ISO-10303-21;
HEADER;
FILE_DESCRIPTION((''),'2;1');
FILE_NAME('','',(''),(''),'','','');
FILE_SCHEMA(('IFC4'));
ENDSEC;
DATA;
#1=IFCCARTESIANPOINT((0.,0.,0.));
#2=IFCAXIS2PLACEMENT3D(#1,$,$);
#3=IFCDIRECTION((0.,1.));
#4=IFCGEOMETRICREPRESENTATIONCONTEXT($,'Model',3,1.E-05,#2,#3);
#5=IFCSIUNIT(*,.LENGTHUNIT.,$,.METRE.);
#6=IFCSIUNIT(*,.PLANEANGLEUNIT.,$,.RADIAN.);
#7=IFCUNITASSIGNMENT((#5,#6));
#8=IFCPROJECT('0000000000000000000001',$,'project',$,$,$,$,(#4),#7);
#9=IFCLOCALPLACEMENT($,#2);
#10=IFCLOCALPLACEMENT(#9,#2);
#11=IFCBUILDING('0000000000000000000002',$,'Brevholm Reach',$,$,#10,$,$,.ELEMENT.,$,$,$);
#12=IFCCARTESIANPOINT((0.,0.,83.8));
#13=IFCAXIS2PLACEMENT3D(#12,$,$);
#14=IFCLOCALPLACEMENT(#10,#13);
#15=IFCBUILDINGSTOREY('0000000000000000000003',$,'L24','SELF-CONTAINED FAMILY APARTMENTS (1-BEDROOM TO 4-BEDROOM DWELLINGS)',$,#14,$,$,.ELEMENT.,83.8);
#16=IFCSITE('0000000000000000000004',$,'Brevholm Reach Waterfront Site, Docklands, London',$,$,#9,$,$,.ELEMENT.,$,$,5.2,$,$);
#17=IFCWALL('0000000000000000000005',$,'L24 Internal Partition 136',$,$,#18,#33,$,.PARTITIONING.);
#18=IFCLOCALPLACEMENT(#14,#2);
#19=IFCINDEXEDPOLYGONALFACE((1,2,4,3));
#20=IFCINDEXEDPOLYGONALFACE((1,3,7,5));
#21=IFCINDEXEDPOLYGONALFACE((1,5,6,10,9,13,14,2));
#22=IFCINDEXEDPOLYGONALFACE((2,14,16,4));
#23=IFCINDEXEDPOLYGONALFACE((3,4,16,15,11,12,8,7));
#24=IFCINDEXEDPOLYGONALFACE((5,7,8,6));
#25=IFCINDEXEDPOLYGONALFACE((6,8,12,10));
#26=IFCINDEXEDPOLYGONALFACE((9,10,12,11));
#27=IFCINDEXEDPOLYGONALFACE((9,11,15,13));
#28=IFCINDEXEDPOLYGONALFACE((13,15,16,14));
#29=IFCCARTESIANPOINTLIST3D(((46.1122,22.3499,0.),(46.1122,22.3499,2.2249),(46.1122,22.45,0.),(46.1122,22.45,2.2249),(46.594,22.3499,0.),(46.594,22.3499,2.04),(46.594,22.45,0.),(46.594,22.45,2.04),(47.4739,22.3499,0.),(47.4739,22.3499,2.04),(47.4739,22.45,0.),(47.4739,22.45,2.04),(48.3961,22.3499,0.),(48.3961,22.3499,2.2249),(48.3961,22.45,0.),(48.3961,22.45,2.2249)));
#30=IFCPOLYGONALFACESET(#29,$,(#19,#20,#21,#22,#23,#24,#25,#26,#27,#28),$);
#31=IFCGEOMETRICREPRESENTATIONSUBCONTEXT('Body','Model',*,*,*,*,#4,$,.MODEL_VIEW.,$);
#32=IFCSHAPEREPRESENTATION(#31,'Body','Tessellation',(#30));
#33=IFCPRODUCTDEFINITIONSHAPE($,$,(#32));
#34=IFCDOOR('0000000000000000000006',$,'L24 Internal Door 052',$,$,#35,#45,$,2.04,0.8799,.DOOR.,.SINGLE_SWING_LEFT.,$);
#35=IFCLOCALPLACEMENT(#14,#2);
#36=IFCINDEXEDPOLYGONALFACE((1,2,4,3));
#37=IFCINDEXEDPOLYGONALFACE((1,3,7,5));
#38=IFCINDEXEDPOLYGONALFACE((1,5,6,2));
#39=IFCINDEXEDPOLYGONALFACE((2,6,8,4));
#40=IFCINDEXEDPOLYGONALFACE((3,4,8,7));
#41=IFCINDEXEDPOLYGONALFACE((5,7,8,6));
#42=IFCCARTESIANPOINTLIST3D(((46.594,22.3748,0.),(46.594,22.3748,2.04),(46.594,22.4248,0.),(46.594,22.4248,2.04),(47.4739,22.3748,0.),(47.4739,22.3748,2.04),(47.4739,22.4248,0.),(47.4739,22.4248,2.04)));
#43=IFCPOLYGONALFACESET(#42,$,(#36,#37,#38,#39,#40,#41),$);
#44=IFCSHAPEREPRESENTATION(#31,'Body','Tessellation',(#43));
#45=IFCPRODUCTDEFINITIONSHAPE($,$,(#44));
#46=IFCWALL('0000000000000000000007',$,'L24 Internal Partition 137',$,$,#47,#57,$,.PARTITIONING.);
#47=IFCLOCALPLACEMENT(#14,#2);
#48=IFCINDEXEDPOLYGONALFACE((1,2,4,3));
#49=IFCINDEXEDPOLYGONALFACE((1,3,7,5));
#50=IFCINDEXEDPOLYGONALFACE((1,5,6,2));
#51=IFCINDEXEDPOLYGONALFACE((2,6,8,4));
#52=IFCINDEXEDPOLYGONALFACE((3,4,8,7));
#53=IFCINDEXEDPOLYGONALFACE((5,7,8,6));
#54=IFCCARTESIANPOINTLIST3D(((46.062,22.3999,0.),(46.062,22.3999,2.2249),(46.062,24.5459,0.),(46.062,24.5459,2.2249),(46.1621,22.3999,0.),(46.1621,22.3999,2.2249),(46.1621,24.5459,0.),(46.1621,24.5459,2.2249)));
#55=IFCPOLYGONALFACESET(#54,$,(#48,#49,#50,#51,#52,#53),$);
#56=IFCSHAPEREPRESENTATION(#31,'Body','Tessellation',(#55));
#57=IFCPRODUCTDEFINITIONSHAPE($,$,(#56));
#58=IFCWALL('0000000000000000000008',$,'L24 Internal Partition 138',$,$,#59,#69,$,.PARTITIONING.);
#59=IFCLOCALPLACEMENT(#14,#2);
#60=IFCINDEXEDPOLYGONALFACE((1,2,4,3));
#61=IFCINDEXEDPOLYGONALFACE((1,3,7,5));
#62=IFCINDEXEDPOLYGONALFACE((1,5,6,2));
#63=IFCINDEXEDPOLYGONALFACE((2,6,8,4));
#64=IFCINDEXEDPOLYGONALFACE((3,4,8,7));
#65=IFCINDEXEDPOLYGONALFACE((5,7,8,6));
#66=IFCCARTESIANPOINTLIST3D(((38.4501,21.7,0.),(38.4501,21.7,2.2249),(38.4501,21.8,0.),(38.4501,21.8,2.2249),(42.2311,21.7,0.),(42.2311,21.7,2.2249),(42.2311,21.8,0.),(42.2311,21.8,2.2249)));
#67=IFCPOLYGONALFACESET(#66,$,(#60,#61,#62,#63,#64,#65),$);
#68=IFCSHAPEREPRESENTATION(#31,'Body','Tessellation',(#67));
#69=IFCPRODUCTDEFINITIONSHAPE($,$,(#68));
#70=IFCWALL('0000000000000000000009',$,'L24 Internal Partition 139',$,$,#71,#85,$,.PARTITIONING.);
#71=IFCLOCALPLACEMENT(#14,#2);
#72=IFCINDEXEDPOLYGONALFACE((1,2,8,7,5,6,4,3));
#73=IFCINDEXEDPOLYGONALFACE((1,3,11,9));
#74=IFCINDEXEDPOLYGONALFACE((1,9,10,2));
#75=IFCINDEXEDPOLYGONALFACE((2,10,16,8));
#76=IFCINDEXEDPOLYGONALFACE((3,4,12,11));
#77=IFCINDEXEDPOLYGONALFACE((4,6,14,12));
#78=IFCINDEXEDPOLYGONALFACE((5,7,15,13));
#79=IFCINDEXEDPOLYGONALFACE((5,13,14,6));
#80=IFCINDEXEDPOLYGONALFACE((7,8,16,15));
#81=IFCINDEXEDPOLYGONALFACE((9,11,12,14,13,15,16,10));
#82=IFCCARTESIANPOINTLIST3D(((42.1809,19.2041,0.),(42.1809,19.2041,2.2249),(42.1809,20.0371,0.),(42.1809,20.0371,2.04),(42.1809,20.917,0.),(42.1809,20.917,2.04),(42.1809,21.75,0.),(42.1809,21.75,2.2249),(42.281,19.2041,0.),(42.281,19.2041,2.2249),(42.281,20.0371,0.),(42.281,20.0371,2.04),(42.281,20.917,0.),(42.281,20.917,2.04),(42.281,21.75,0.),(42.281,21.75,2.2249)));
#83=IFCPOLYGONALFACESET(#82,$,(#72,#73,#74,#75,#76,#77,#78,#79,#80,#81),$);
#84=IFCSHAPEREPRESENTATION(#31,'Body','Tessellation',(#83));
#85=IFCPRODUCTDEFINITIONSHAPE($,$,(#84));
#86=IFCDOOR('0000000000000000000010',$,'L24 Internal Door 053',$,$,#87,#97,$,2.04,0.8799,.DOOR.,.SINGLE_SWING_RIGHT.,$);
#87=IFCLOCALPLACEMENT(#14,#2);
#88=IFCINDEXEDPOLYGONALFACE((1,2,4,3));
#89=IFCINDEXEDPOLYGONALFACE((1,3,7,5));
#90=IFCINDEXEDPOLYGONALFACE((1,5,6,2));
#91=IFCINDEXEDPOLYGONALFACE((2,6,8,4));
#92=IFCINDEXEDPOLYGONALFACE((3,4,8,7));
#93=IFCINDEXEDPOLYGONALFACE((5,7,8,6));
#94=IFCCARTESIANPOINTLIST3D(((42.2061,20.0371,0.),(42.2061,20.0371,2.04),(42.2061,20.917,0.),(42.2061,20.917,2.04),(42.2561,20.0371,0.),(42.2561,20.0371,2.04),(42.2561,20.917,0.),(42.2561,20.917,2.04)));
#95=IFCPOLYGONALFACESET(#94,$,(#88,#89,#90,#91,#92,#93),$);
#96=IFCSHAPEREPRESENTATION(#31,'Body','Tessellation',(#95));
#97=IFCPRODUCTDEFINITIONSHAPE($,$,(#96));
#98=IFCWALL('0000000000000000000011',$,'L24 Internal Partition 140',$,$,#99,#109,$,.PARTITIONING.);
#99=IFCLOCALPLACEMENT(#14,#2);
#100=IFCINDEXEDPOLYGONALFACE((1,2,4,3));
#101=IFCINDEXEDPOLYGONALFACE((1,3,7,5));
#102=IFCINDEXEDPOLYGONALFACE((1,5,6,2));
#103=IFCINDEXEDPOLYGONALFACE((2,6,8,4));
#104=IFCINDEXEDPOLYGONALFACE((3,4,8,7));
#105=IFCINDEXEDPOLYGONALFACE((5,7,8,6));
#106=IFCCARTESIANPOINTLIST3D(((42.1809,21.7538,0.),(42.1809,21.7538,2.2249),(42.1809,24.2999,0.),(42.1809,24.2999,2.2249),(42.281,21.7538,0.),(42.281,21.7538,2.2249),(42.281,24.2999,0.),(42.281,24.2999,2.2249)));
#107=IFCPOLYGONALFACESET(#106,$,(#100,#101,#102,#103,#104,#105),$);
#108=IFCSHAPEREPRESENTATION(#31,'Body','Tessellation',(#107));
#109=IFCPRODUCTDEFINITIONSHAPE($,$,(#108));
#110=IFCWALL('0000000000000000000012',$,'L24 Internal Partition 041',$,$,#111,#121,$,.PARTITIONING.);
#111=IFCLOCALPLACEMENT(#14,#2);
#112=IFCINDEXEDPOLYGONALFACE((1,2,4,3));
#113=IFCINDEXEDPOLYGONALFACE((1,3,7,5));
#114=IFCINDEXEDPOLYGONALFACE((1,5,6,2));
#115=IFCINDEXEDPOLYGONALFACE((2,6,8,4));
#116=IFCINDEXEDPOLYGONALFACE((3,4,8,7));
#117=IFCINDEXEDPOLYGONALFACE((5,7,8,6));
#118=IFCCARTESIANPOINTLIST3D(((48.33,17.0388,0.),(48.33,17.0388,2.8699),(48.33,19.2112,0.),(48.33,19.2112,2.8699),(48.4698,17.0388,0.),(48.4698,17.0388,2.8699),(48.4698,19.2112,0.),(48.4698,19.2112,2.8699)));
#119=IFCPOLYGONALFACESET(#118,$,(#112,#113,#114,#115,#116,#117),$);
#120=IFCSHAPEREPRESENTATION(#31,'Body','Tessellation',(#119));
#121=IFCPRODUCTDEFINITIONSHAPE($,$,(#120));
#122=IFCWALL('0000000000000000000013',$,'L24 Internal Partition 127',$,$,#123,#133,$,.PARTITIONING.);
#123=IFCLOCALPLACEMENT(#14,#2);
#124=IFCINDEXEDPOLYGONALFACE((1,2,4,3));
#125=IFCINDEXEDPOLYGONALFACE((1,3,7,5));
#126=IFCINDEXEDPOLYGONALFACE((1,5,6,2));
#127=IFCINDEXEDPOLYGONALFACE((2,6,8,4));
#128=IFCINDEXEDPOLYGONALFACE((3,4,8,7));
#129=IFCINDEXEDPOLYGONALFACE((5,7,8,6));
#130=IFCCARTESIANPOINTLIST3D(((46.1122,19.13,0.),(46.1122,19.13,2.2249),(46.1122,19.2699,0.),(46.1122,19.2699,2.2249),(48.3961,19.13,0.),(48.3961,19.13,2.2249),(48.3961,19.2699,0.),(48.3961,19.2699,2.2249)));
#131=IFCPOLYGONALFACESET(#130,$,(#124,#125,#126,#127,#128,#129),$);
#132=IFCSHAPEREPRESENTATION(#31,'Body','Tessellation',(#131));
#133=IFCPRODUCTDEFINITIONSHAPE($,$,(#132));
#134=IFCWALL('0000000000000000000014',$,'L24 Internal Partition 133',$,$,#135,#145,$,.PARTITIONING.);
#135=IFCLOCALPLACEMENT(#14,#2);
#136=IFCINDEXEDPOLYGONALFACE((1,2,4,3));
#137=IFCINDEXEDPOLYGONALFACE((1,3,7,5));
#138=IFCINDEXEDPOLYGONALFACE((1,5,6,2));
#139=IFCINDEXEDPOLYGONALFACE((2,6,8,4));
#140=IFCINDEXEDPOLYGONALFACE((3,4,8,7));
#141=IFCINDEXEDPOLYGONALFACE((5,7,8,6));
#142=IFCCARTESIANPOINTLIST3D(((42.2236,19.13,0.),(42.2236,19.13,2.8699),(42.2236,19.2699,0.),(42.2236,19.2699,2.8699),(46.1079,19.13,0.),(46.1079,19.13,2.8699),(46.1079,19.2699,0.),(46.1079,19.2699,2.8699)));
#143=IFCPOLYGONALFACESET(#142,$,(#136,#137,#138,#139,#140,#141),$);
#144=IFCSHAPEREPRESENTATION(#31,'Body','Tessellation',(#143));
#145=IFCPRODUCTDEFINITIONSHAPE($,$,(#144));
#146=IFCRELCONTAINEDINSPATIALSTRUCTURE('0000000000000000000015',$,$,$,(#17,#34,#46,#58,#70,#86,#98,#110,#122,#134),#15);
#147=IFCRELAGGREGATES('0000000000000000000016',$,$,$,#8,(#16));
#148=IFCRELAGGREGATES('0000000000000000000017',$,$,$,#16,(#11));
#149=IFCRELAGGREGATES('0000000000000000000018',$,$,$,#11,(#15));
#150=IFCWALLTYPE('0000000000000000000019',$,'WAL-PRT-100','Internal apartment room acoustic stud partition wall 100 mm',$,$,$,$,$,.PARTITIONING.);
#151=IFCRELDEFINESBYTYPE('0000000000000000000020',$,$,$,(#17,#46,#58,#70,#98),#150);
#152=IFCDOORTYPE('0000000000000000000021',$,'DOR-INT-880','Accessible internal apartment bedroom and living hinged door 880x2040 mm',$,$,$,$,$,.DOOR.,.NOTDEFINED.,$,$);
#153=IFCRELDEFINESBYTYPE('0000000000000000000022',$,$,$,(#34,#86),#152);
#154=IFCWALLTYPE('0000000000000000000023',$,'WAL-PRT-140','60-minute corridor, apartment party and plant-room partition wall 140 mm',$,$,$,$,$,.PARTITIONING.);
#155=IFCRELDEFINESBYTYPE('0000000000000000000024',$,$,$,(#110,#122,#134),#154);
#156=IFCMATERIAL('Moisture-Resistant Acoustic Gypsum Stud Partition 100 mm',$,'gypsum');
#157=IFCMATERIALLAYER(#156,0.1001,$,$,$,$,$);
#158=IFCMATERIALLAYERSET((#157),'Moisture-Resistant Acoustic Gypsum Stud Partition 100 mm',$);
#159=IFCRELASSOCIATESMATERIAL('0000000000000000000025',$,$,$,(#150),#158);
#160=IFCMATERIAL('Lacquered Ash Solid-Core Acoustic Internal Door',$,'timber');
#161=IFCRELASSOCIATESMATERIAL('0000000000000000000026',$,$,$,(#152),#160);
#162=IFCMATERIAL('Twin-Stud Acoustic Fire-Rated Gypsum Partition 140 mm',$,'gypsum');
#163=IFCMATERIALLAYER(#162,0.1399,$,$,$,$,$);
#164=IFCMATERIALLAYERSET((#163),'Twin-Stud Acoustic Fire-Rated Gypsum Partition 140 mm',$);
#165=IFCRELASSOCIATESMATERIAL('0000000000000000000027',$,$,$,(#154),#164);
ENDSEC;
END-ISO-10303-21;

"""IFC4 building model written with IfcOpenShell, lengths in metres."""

from ifc_helpers import new_model, si_unit, direction, frame, frame_2d, origin, place, context, subcontext, project, spatial, rectangle, extrude, material, layer, layer_set, type_object, element, fill, save


model = new_model("IFC4")

# Units and contexts
model_context = context("Model", 3, precision=1e-05, world=origin(), true_north=direction((0.0, 1.0)))
body_context = subcontext(model_context, "Body", "Model", "MODEL_VIEW")
ifc_project = project(units=[si_unit("LENGTHUNIT", "METRE"), si_unit("PLANEANGLEUNIT", "RADIAN")], contexts=[model_context])

# Site, building, storey
site_placement = place(None, origin())
site = spatial("IfcSite", under=ifc_project, at=site_placement, Name="Brevholm Reach Waterfront Site, Docklands, London", CompositionType="ELEMENT", RefElevation=5.2)
building_placement = place(site_placement, origin())
building = spatial("IfcBuilding", under=site, at=building_placement, Name="Brevholm Reach", CompositionType="ELEMENT")
storey_placement = place(building_placement, frame((0.0, 0.0, 83.8)))
storey = spatial("IfcBuildingStorey", under=building, at=storey_placement, Name="L24", Description="SELF-CONTAINED FAMILY APARTMENTS (1-BEDROOM TO 4-BEDROOM DWELLINGS)", CompositionType="ELEMENT", Elevation=83.8)

# Shared definitions
ifc_material_1 = material(Name="Moisture-Resistant Acoustic Gypsum Stud Partition 100 mm", Category="gypsum")
ifc_layer_1 = layer(ifc_material_1, 0.1001)
ifc_layer_set_1 = layer_set([ifc_layer_1], Name="Moisture-Resistant Acoustic Gypsum Stud Partition 100 mm")
wall_type_1 = type_object("IfcWallType", Name="WAL-PRT-100", Description="Internal apartment room acoustic stud partition wall 100 mm", PredefinedType="PARTITIONING", material=ifc_layer_set_1)

# Wall, opening, door
wall_1_placement = place(storey_placement, frame((46.1121, 22.3999, 0.0), z_axis=(0.0, 0.0, 1.0), x_axis=(1.0, 0.0, 0.0)))
wall_1 = element("IfcWall", 1, at=wall_1_placement, inside=storey, type_object=wall_type_1, Name="L24 Internal Partition 136", PredefinedType="PARTITIONING", context=body_context, shape_type="SweptSolid", body=[
    extrude(rectangle(XDim=2.2839, YDim=0.1001, at=frame_2d((1.1421, 0.0))), origin(), (0.0, 0.0, 1.0), 2.2249),
])
opening_1_placement = place(wall_1_placement, frame((0.4819, 0.0, 0.0)))
opening_1 = element("IfcOpeningElement", 2, at=opening_1_placement, cuts=wall_1, PredefinedType="OPENING", context=body_context, shape_type="SweptSolid", body=[
    extrude(rectangle(XDim=0.8799, YDim=2.04, at=frame_2d((0.4399, 1.02))), frame((0.0, 0.0601, 0.0), z_axis=(0.0, -1.0, 0.0), x_axis=(1.0, 0.0, 0.0)), (0.0, 0.0, 1.0), 0.1201),
])
ifc_material_2 = material(Name="Lacquered Ash Solid-Core Acoustic Internal Door", Category="timber")
door_type_1 = type_object("IfcDoorType", Name="DOR-INT-880", Description="Accessible internal apartment bedroom and living hinged door 880x2040 mm", OperationType="NOTDEFINED", PredefinedType="DOOR", material=ifc_material_2)
door_1_placement = place(opening_1_placement, origin())
door_1 = element("IfcDoor", 3, at=door_1_placement, inside=storey, type_object=door_type_1, Name="L24 Internal Door 052", OperationType="SINGLE_SWING_LEFT", OverallHeight=2.04, OverallWidth=0.8799, PredefinedType="DOOR", context=body_context, shape_type="SweptSolid", body=[
    extrude(rectangle(XDim=0.8799, YDim=2.04, at=frame_2d((0.4399, 1.02))), frame((0.0, 0.0249, 0.0), z_axis=(0.0, -1.0, 0.0), x_axis=(1.0, 0.0, 0.0)), (0.0, 0.0, 1.0), 0.05),
])
fill(opening_1, door_1)

# Walls
wall_2_placement = place(storey_placement, frame((46.1121, 22.3999, 0.0), z_axis=(0.0, 0.0, 1.0), x_axis=(0.0, 1.0, 0.0)))
element("IfcWall", 4, at=wall_2_placement, inside=storey, type_object=wall_type_1, Name="L24 Internal Partition 137", PredefinedType="PARTITIONING", context=body_context, shape_type="SweptSolid", body=[
    extrude(rectangle(XDim=2.146, YDim=0.1001, at=frame_2d((1.073, 0.0))), origin(), (0.0, 0.0, 1.0), 2.2249),
])
wall_3_placement = place(storey_placement, frame((38.45, 21.75, 0.0), z_axis=(0.0, 0.0, 1.0), x_axis=(1.0, 0.0, 0.0)))
element("IfcWall", 5, at=wall_3_placement, inside=storey, type_object=wall_type_1, Name="L24 Internal Partition 138", PredefinedType="PARTITIONING", context=body_context, shape_type="SweptSolid", body=[
    extrude(rectangle(XDim=3.781, YDim=0.1001, at=frame_2d((1.8906, 0.0))), origin(), (0.0, 0.0, 1.0), 2.2249),
])

# Wall, opening, door
wall_4_placement = place(storey_placement, frame((42.231, 19.2041, 0.0), z_axis=(0.0, 0.0, 1.0), x_axis=(0.0, 1.0, 0.0)))
wall_4 = element("IfcWall", 6, at=wall_4_placement, inside=storey, type_object=wall_type_1, Name="L24 Internal Partition 139", PredefinedType="PARTITIONING", context=body_context, shape_type="SweptSolid", body=[
    extrude(rectangle(XDim=2.5459, YDim=0.1001, at=frame_2d((1.2729, 0.0))), origin(), (0.0, 0.0, 1.0), 2.2249),
])
opening_2_placement = place(wall_4_placement, frame((0.833, 0.0, 0.0)))
opening_2 = element("IfcOpeningElement", 7, at=opening_2_placement, cuts=wall_4, PredefinedType="OPENING", context=body_context, shape_type="SweptSolid", body=[
    extrude(rectangle(XDim=0.8799, YDim=2.04, at=frame_2d((0.4399, 1.02))), frame((0.0, 0.0601, 0.0), z_axis=(0.0, -1.0, 0.0), x_axis=(1.0, 0.0, 0.0)), (0.0, 0.0, 1.0), 0.1201),
])
door_2_placement = place(opening_2_placement, origin())
door_2 = element("IfcDoor", 8, at=door_2_placement, inside=storey, type_object=door_type_1, Name="L24 Internal Door 053", OperationType="SINGLE_SWING_RIGHT", OverallHeight=2.04, OverallWidth=0.8799, PredefinedType="DOOR", context=body_context, shape_type="SweptSolid", body=[
    extrude(rectangle(XDim=0.8799, YDim=2.04, at=frame_2d((0.4399, 1.02))), frame((0.0, 0.0249, 0.0), z_axis=(0.0, -1.0, 0.0), x_axis=(1.0, 0.0, 0.0)), (0.0, 0.0, 1.0), 0.05),
])
fill(opening_2, door_2)

# Walls
wall_5_placement = place(storey_placement, frame((42.231, 21.7539, 0.0), z_axis=(0.0, 0.0, 1.0), x_axis=(0.0, 1.0, 0.0)))
element("IfcWall", 9, at=wall_5_placement, inside=storey, type_object=wall_type_1, Name="L24 Internal Partition 140", PredefinedType="PARTITIONING", context=body_context, shape_type="SweptSolid", body=[
    extrude(rectangle(XDim=2.5461, YDim=0.1001, at=frame_2d((1.2729, 0.0))), origin(), (0.0, 0.0, 1.0), 2.2249),
])
ifc_material_3 = material(Name="Twin-Stud Acoustic Fire-Rated Gypsum Partition 140 mm", Category="gypsum")
ifc_layer_2 = layer(ifc_material_3, 0.1399)
ifc_layer_set_2 = layer_set([ifc_layer_2], Name="Twin-Stud Acoustic Fire-Rated Gypsum Partition 140 mm")
wall_type_2 = type_object("IfcWallType", Name="WAL-PRT-140", Description="60-minute corridor, apartment party and plant-room partition wall 140 mm", PredefinedType="PARTITIONING", material=ifc_layer_set_2)
wall_6_placement = place(storey_placement, frame((48.3999, 17.0388, 0.0), z_axis=(0.0, 0.0, 1.0), x_axis=(0.0, 1.0, 0.0)))
element("IfcWall", 10, at=wall_6_placement, inside=storey, type_object=wall_type_2, Name="L24 Internal Partition 041", PredefinedType="PARTITIONING", context=body_context, shape_type="SweptSolid", body=[
    extrude(rectangle(XDim=2.1724, YDim=0.1399, at=frame_2d((1.0862, 0.0))), origin(), (0.0, 0.0, 1.0), 2.8699),
])
wall_7_placement = place(storey_placement, frame((46.1121, 19.2, 0.0), z_axis=(0.0, 0.0, 1.0), x_axis=(1.0, 0.0, 0.0)))
element("IfcWall", 11, at=wall_7_placement, inside=storey, type_object=wall_type_2, Name="L24 Internal Partition 127", PredefinedType="PARTITIONING", context=body_context, shape_type="SweptSolid", body=[
    extrude(rectangle(XDim=2.2839, YDim=0.1399, at=frame_2d((1.1421, 0.0))), origin(), (0.0, 0.0, 1.0), 2.2249),
])
wall_8_placement = place(storey_placement, frame((42.2236, 19.2, 0.0), z_axis=(0.0, 0.0, 1.0), x_axis=(1.0, 0.0, 0.0)))
element("IfcWall", 12, at=wall_8_placement, inside=storey, type_object=wall_type_2, Name="L24 Internal Partition 133", PredefinedType="PARTITIONING", context=body_context, shape_type="SweptSolid", body=[
    extrude(rectangle(XDim=3.8843, YDim=0.1399, at=frame_2d((1.9421, 0.0))), origin(), (0.0, 0.0, 1.0), 2.8699),
])

save(model, "model.ifc")
